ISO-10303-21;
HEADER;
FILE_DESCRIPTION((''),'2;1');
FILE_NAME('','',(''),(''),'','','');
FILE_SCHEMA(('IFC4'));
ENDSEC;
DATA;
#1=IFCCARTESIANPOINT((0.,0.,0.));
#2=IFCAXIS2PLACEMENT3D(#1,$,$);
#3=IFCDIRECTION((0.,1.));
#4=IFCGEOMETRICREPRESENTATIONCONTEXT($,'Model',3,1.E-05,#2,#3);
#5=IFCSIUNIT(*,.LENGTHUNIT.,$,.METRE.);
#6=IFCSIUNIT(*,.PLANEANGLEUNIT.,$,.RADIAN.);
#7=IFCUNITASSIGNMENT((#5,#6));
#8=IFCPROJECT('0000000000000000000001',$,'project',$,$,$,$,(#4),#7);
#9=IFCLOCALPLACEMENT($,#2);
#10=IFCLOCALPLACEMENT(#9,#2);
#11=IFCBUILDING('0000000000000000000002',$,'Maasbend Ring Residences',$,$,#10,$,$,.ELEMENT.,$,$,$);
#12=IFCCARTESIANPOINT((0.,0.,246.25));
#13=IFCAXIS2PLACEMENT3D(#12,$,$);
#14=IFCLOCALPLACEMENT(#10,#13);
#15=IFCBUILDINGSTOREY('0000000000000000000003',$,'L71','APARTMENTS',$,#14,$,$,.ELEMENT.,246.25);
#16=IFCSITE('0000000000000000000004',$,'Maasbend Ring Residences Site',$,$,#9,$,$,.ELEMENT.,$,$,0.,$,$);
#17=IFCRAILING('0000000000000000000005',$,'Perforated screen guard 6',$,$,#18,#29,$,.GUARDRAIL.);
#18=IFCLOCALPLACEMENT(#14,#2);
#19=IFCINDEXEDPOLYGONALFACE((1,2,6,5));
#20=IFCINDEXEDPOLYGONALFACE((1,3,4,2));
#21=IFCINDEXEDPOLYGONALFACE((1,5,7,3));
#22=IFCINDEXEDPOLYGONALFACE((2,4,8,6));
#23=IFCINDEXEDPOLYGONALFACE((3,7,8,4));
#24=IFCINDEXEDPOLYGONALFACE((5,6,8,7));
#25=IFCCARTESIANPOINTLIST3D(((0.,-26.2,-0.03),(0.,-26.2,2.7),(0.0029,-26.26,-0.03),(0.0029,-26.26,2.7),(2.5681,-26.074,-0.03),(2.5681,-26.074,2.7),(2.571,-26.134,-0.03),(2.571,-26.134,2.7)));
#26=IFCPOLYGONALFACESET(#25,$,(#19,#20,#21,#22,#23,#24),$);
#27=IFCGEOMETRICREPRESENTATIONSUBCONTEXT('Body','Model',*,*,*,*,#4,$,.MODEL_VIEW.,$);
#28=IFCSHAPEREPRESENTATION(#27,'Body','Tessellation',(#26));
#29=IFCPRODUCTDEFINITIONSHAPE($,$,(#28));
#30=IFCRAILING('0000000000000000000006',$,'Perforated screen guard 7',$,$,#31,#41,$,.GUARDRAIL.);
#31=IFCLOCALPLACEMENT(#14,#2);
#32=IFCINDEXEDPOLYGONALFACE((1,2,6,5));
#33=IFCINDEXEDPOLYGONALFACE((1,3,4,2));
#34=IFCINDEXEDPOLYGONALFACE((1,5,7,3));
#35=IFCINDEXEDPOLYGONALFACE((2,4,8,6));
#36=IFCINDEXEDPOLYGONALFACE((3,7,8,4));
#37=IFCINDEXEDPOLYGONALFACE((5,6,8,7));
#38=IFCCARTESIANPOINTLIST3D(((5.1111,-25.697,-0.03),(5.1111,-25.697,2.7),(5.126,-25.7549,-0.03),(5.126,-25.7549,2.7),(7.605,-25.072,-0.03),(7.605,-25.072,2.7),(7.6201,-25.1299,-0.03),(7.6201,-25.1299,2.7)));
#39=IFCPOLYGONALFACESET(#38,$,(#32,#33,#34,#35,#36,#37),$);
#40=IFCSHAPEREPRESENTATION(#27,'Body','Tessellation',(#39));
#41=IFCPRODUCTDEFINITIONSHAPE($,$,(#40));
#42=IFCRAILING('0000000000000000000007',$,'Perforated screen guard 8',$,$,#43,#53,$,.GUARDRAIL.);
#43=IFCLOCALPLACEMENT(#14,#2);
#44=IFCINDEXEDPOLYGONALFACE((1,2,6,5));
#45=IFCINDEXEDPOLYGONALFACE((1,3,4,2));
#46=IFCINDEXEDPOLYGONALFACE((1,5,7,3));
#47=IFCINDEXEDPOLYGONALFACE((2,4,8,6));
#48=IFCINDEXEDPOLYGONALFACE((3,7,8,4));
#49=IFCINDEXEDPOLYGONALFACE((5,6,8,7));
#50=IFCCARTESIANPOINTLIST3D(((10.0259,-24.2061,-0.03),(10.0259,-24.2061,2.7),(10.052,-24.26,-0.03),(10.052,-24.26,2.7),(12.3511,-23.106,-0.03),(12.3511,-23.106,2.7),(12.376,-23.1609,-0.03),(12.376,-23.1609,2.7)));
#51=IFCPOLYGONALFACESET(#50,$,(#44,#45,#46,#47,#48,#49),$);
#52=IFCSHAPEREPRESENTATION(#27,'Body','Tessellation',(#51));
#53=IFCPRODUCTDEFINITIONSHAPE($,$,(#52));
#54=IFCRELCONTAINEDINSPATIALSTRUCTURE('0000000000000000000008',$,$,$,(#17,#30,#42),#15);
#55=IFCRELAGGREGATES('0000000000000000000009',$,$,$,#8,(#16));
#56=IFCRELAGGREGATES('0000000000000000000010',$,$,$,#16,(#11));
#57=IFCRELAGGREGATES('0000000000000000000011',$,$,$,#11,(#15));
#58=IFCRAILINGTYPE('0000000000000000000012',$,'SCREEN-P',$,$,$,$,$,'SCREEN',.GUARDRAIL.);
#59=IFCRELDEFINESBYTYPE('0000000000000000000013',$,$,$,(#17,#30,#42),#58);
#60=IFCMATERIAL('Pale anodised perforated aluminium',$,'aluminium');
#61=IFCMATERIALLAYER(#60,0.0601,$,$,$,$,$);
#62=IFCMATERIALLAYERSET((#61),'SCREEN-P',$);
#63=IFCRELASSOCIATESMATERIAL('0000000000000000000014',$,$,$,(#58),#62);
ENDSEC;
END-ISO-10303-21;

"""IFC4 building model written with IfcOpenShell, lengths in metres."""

from ifc_helpers import new_model, si_unit, direction, frame, origin, place, context, subcontext, project, spatial, polyline, outline, extrude, material, layer, layer_set, type_object, element, save


model = new_model("IFC4")

# Units and contexts
model_context = context("Model", 3, precision=1e-05, world=origin(), true_north=direction((0.0, 1.0)))
body_context = subcontext(model_context, "Body", "Model", "MODEL_VIEW")
ifc_project = project(units=[si_unit("LENGTHUNIT", "METRE"), si_unit("PLANEANGLEUNIT", "RADIAN")], contexts=[model_context])

# Site, building, storey
site_placement = place(None, origin())
site = spatial("IfcSite", under=ifc_project, at=site_placement, Name="Maasbend Ring Residences Site", CompositionType="ELEMENT", RefElevation=0.0)
building_placement = place(site_placement, origin())
building = spatial("IfcBuilding", under=site, at=building_placement, Name="Maasbend Ring Residences", CompositionType="ELEMENT")
storey_placement = place(building_placement, frame((0.0, 0.0, 246.25)))
storey = spatial("IfcBuildingStorey", under=building, at=storey_placement, Name="L71", Description="APARTMENTS", CompositionType="ELEMENT", Elevation=246.25)

# Railings
ifc_material_1 = material(Name="Pale anodised perforated aluminium", Category="aluminium")
ifc_layer_1 = layer(ifc_material_1, 0.0601)
ifc_layer_set_1 = layer_set([ifc_layer_1], Name="SCREEN-P")
railing_type = type_object("IfcRailingType", Name="SCREEN-P", ElementType="SCREEN", PredefinedType="GUARDRAIL", material=ifc_layer_set_1)
railing_1_placement = place(storey_placement, frame((0.0, 0.0, -0.03)))
element("IfcRailing", 1, at=railing_1_placement, inside=storey, type_object=railing_type, Name="Perforated screen guard 6", PredefinedType="GUARDRAIL", context=body_context, shape_type="SweptSolid", body=[
    extrude(outline(polyline([(0.0, -26.2), (2.5681, -26.074), (2.571, -26.134), (0.0029, -26.26), (0.0, -26.2)])), origin(), (0.0, 0.0, 1.0), 2.73),
])
railing_2_placement = place(storey_placement, frame((0.0, 0.0, -0.03)))
element("IfcRailing", 2, at=railing_2_placement, inside=storey, type_object=railing_type, Name="Perforated screen guard 7", PredefinedType="GUARDRAIL", context=body_context, shape_type="SweptSolid", body=[
    extrude(outline(polyline([(5.1111, -25.697), (7.605, -25.072), (7.6201, -25.1299), (5.126, -25.7549), (5.1111, -25.697)])), origin(), (0.0, 0.0, 1.0), 2.73),
])
railing_3_placement = place(storey_placement, frame((0.0, 0.0, -0.03)))
element("IfcRailing", 3, at=railing_3_placement, inside=storey, type_object=railing_type, Name="Perforated screen guard 8", PredefinedType="GUARDRAIL", context=body_context, shape_type="SweptSolid", body=[
    extrude(outline(polyline([(10.0259, -24.2061), (12.3511, -23.106), (12.376, -23.1609), (10.052, -24.26), (10.0259, -24.2061)])), origin(), (0.0, 0.0, 1.0), 2.73),
])

save(model, "model.ifc")
